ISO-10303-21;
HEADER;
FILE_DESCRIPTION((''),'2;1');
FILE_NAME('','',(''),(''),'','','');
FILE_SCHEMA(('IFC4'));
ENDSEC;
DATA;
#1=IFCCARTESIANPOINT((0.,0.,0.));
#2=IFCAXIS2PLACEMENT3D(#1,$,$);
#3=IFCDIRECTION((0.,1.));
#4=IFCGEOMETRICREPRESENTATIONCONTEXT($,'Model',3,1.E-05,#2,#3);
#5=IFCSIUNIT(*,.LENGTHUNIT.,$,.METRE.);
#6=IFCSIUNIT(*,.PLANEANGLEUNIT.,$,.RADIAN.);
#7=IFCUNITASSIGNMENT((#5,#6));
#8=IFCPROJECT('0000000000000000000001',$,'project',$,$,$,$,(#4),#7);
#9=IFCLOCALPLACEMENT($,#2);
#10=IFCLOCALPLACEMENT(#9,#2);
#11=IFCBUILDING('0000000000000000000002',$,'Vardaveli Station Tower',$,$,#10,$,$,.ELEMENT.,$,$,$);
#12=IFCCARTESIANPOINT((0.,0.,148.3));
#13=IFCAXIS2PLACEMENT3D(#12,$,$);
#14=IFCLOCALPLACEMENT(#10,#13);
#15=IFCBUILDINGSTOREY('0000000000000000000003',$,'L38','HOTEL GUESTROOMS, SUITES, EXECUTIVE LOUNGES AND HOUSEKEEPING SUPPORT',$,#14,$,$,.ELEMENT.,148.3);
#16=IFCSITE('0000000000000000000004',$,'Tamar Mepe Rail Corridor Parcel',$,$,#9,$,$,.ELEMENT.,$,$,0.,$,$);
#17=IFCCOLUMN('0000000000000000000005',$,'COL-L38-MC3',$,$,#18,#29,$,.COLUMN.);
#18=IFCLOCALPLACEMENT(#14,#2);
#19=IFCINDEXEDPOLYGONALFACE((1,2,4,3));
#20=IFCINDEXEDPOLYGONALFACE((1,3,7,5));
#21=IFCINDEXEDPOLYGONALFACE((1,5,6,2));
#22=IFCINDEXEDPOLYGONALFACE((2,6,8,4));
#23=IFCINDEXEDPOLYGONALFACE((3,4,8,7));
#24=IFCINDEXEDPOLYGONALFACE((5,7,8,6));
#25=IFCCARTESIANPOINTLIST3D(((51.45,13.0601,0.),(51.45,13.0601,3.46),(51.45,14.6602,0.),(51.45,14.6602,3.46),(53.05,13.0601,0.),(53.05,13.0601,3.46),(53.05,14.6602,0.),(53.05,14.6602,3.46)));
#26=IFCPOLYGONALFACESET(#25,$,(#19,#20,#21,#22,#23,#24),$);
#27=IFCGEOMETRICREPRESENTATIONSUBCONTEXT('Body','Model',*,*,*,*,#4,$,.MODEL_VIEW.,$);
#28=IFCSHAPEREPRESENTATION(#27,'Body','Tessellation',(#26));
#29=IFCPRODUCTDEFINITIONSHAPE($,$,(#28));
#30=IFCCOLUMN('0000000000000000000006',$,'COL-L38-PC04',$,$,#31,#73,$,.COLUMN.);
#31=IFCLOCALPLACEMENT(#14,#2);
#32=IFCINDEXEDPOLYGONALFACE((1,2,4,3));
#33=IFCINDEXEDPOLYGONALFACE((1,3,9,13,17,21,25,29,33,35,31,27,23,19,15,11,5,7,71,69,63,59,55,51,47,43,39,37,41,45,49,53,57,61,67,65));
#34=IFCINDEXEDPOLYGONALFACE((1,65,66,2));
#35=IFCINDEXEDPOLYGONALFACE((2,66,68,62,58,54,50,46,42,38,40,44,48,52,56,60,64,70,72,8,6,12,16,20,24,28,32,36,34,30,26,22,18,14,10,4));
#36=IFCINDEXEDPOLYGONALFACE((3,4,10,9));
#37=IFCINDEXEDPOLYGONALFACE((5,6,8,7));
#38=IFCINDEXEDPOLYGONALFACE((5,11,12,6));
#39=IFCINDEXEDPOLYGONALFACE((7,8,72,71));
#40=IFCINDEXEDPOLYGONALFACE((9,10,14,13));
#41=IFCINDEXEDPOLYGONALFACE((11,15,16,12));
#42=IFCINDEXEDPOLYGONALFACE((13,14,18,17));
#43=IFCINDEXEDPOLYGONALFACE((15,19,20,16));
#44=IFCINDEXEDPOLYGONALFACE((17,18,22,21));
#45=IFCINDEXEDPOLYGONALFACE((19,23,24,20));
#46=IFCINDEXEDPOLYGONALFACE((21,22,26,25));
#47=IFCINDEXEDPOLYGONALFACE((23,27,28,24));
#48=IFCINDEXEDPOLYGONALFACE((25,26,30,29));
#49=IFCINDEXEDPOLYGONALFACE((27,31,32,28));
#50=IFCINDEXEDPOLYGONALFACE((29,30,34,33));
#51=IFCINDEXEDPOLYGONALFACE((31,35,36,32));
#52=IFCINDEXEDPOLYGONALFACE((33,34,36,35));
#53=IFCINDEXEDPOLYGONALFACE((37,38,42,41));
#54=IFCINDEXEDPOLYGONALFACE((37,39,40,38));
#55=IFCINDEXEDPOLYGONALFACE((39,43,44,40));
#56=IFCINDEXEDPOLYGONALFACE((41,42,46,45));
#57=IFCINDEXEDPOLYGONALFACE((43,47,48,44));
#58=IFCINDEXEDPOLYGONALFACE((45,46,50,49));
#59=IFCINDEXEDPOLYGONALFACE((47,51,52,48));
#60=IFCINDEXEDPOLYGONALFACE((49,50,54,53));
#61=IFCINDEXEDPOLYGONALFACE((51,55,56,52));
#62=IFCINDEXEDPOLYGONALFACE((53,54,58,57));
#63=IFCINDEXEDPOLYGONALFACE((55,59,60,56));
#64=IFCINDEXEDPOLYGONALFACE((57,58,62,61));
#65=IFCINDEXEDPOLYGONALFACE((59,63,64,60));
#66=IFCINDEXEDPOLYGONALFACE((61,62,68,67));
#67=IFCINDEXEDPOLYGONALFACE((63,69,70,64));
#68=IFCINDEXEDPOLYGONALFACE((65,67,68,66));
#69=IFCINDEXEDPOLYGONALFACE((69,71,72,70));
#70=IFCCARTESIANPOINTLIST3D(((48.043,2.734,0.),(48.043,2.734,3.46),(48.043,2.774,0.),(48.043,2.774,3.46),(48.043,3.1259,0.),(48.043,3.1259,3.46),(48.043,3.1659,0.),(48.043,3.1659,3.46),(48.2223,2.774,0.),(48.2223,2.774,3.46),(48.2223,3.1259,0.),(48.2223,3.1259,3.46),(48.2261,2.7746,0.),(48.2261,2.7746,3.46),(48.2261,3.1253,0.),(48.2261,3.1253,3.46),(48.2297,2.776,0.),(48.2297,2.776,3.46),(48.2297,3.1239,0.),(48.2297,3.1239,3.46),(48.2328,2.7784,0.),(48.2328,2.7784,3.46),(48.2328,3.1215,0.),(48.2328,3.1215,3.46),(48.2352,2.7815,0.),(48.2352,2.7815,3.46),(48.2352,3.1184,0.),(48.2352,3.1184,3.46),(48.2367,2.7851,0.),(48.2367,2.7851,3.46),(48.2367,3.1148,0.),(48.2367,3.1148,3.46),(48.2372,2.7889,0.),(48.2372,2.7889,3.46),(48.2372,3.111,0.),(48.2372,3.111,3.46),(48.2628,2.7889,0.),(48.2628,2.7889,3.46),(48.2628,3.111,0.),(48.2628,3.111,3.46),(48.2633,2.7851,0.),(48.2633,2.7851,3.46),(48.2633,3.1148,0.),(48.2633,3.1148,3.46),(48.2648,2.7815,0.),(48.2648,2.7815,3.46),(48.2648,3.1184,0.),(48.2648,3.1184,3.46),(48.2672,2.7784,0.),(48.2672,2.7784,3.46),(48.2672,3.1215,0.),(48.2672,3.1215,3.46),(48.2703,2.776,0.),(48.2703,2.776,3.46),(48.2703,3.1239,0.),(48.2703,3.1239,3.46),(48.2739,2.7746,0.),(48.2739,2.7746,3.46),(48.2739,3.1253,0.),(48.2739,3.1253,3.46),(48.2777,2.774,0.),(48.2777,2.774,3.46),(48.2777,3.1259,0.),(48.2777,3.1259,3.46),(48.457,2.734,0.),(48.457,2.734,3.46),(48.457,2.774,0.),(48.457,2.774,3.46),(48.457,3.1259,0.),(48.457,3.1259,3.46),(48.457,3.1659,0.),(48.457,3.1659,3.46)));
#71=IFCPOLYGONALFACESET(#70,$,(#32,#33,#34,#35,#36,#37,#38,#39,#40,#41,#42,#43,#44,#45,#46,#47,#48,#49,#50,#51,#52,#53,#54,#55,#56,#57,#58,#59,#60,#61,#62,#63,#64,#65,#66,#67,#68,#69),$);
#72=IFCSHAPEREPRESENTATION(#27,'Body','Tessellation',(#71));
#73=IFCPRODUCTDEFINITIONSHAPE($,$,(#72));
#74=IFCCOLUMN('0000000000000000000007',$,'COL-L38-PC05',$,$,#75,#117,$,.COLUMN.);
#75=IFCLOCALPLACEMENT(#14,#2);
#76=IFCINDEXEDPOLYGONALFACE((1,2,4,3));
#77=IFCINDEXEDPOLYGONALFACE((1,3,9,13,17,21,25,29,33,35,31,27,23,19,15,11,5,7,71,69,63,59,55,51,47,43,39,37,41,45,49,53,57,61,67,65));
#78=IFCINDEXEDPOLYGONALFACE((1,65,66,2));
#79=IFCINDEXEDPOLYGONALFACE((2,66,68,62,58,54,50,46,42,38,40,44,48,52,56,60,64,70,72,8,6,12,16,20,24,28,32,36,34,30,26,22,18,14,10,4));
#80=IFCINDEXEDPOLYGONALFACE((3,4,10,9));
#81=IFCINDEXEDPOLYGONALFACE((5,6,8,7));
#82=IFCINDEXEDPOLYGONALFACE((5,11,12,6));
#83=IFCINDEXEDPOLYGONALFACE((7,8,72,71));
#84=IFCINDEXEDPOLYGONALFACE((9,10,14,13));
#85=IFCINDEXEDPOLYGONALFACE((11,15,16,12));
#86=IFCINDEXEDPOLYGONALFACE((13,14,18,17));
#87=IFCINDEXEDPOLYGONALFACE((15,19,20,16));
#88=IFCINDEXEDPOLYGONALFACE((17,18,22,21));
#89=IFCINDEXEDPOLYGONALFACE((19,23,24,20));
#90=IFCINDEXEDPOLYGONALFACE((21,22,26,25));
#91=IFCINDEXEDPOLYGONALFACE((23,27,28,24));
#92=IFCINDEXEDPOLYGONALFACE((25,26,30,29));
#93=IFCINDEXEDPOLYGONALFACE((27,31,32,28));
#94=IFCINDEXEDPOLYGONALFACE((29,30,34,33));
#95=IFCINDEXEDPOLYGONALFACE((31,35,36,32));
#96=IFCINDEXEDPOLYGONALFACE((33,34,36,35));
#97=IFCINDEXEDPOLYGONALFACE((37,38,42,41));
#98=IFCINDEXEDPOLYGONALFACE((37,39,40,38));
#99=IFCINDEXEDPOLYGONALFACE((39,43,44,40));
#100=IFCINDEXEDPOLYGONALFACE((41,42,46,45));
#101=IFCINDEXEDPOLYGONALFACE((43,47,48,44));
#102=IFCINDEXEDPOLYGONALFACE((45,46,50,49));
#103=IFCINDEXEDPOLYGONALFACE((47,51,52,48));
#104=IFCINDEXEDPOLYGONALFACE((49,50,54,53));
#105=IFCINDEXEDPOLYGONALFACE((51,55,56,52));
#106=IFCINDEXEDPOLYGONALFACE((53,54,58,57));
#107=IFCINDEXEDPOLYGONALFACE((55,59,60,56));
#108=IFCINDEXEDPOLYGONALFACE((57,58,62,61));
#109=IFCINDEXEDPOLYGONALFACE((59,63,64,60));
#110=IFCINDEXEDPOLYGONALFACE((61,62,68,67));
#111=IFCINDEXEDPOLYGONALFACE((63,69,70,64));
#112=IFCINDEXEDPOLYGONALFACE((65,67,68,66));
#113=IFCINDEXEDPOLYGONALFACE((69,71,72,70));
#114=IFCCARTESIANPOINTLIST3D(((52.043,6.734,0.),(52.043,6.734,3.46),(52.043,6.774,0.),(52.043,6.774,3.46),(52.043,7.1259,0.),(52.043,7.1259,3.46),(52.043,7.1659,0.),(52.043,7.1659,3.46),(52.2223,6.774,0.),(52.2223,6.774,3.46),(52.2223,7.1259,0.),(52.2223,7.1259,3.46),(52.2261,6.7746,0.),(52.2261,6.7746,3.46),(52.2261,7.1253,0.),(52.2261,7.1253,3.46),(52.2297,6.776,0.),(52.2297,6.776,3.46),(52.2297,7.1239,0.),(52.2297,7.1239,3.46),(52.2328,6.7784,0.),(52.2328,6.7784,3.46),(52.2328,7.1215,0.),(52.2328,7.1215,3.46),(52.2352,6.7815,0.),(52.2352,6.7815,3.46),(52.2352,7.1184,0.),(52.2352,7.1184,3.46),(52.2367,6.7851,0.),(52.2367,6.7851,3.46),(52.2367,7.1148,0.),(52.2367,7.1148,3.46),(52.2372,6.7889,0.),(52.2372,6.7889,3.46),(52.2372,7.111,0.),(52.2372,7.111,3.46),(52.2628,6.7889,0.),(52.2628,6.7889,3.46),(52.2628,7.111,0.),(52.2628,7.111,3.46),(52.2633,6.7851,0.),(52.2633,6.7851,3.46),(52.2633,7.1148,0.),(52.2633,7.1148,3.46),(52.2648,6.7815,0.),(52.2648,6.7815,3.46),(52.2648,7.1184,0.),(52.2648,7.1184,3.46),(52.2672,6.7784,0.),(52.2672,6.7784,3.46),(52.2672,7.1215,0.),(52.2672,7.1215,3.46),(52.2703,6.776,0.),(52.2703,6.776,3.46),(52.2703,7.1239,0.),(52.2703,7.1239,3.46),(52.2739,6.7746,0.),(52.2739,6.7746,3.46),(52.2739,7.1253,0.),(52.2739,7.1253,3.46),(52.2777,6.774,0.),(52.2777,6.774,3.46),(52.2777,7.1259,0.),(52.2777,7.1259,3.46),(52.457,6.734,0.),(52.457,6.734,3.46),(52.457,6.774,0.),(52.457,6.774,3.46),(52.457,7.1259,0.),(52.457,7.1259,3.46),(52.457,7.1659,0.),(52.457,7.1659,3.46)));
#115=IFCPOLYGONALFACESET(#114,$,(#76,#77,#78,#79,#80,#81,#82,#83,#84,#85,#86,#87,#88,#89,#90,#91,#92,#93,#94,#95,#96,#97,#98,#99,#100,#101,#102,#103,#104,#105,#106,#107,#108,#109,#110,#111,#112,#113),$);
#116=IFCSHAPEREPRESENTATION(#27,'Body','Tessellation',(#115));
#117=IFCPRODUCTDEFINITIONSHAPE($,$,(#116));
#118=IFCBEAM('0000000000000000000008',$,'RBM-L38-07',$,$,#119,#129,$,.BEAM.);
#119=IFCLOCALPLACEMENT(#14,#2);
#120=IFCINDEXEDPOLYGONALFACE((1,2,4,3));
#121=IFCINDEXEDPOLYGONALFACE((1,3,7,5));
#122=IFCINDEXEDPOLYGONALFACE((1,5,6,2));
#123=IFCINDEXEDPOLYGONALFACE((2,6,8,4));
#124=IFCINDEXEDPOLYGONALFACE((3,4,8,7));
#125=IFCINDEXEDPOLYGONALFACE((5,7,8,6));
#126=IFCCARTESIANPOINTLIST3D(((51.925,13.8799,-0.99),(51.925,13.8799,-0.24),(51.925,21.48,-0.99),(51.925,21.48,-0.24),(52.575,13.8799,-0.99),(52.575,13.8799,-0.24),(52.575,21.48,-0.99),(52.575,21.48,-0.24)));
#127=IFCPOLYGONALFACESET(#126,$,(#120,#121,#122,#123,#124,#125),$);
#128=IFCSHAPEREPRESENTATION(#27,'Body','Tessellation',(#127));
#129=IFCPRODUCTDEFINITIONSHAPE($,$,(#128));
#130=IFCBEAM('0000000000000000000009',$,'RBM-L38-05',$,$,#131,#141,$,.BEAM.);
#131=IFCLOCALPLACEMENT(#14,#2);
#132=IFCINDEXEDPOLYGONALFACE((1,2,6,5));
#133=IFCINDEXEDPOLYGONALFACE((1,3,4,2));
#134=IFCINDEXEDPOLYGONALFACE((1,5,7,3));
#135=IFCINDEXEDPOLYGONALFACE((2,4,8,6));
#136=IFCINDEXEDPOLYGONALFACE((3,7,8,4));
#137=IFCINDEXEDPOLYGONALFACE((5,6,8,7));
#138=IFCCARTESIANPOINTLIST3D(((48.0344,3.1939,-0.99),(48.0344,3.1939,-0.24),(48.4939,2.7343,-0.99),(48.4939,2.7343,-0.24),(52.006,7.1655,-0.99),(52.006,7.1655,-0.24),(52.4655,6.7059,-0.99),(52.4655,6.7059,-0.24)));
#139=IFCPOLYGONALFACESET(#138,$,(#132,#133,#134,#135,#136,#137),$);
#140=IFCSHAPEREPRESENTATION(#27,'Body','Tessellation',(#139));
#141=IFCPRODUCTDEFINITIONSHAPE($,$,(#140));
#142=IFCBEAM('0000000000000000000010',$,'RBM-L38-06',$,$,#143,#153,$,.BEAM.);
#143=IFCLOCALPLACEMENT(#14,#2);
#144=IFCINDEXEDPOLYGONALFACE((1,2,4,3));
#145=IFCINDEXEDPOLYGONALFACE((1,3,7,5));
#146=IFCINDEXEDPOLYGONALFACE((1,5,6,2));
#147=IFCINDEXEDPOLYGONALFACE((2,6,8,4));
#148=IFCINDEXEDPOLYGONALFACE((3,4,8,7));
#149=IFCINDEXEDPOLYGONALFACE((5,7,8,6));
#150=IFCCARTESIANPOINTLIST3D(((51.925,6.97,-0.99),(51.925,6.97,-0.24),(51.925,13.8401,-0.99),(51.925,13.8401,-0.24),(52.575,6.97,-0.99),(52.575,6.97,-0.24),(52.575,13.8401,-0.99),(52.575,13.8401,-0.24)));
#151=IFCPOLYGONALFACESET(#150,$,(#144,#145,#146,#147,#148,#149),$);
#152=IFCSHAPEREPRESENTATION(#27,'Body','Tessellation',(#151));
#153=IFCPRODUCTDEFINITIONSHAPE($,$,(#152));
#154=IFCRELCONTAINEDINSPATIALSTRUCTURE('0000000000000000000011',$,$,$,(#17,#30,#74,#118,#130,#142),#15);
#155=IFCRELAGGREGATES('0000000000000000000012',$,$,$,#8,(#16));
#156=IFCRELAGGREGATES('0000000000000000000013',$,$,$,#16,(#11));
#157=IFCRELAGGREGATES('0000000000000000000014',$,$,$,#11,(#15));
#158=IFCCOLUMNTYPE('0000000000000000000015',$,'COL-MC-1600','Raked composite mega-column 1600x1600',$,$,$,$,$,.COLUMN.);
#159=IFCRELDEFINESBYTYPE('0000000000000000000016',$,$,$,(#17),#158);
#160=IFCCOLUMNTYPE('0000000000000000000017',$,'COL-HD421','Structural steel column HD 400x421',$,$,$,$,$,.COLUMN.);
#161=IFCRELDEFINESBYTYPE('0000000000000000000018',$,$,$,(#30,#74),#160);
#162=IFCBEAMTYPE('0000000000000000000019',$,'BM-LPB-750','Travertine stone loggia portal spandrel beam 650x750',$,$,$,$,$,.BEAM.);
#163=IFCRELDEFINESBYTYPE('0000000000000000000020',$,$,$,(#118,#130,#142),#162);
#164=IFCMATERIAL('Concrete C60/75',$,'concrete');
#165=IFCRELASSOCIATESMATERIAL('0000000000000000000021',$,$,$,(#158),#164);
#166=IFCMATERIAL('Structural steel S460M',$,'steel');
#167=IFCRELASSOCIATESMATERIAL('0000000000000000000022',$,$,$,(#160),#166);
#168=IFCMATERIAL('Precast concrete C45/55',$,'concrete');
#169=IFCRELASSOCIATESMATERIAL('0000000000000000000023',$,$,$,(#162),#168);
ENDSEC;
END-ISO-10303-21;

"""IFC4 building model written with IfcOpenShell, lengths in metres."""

from ifc_helpers import new_model, si_unit, direction, frame, origin, origin_2d, place, context, subcontext, project, spatial, rectangle, i_section, extrude, source, transform, mapped, material, material_profile, profile_set, type_object, element, save


model = new_model("IFC4")

# Units and contexts
model_context = context("Model", 3, precision=1e-05, world=origin(), true_north=direction((0.0, 1.0)))
body_context = subcontext(model_context, "Body", "Model", "MODEL_VIEW")
ifc_project = project(units=[si_unit("LENGTHUNIT", "METRE"), si_unit("PLANEANGLEUNIT", "RADIAN")], contexts=[model_context])

# Site, building, storey
site_placement = place(None, origin())
site = spatial("IfcSite", under=ifc_project, at=site_placement, Name="Tamar Mepe Rail Corridor Parcel", CompositionType="ELEMENT", RefElevation=0.0)
building_placement = place(site_placement, origin())
building = spatial("IfcBuilding", under=site, at=building_placement, Name="Vardaveli Station Tower", CompositionType="ELEMENT")
storey_placement = place(building_placement, frame((0.0, 0.0, 148.3)))
storey = spatial("IfcBuildingStorey", under=building, at=storey_placement, Name="L38", Description="HOTEL GUESTROOMS, SUITES, EXECUTIVE LOUNGES AND HOUSEKEEPING SUPPORT", CompositionType="ELEMENT", Elevation=148.3)

# Columns
ifc_material_1 = material(Name="Concrete C60/75", Category="concrete")
ifc_material_profile_1 = material_profile(ifc_material_1, rectangle(XDim=1.6001, YDim=1.6001, at=origin_2d()), Name="MC 1600x1600")
ifc_profile_set_1 = profile_set([ifc_material_profile_1], Name="Concrete C60/75")
column_type_1 = type_object("IfcColumnType", Name="COL-MC-1600", Description="Raked composite mega-column 1600x1600", PredefinedType="COLUMN", material=ifc_profile_set_1)
shared_shape_1 = source(origin(), body_context, "Body", "SweptSolid", [
    extrude(rectangle(XDim=1.6001, YDim=1.6001, at=origin_2d()), origin(), (0.0, 0.0, 1.0), 3.46),
])
column_placement = place(storey_placement, frame((52.25, 13.8601, 0.0), z_axis=(0.0, 0.0, 1.0), x_axis=(1.0, 0.0, 0.0)))
element("IfcColumn", 1, at=column_placement, inside=storey, type_object=column_type_1, Name="COL-L38-MC3", PredefinedType="COLUMN", context=body_context, shape_type="MappedRepresentation", body=[
    mapped(shared_shape_1, transform((0.0, 0.0, 0.0), scale=1.0)),
])
ifc_material_2 = material(Name="Structural steel S460M", Category="steel")
ifc_material_profile_2 = material_profile(ifc_material_2, i_section(OverallWidth=0.4141, OverallDepth=0.4319, WebThickness=0.0256, FlangeThickness=0.04, FilletRadius=0.0149, at=origin_2d()), Name="HD 400x421")
ifc_profile_set_2 = profile_set([ifc_material_profile_2], Name="Structural steel S460M")
column_type_2 = type_object("IfcColumnType", Name="COL-HD421", Description="Structural steel column HD 400x421", PredefinedType="COLUMN", material=ifc_profile_set_2)
shared_shape_2 = source(origin(), body_context, "Body", "SweptSolid", [
    extrude(i_section(OverallWidth=0.4141, OverallDepth=0.4319, WebThickness=0.0256, FlangeThickness=0.04, FilletRadius=0.0149, at=origin_2d()), origin(), (0.0, 0.0, 1.0), 3.46),
])
for number, where, z_axis, x_axis, name in (
    (2, (48.25, 2.95, 0.0), (0.0, 0.0, 1.0), (1.0, 0.0, 0.0), "COL-L38-PC04"),
    (3, (52.25, 6.95, 0.0), (0.0, 0.0, 1.0), (1.0, 0.0, 0.0), "COL-L38-PC05"),
):
    element("IfcColumn", number, at=place(storey_placement, frame(where, z_axis=z_axis, x_axis=x_axis)), inside=storey, type_object=column_type_2, Name=name, PredefinedType="COLUMN", context=body_context, shape_type="MappedRepresentation", body=[
        mapped(shared_shape_2, transform((0.0, 0.0, 0.0), scale=1.0)),
    ])

# Beams
ifc_material_3 = material(Name="Precast concrete C45/55", Category="concrete")
ifc_material_profile_3 = material_profile(ifc_material_3, rectangle(XDim=0.6499, YDim=0.75, at=origin_2d()), Name="LPB 650x750")
ifc_profile_set_3 = profile_set([ifc_material_profile_3], Name="Precast concrete C45/55")
beam_type_1 = type_object("IfcBeamType", Name="BM-LPB-750", Description="Travertine stone loggia portal spandrel beam 650x750", PredefinedType="BEAM", material=ifc_profile_set_3)
shared_shape_3 = source(origin(), body_context, "Body", "SweptSolid", [
    extrude(rectangle(XDim=0.6499, YDim=0.75, at=origin_2d()), origin(), (0.0, 0.0, 1.0), 7.6001),
])
beam_1_placement = place(storey_placement, frame((52.25, 13.8799, -0.615), z_axis=(0.0, 1.0, 0.0), x_axis=(-1.0, 0.0, 0.0)))
element("IfcBeam", 4, at=beam_1_placement, inside=storey, type_object=beam_type_1, Name="RBM-L38-07", PredefinedType="BEAM", context=body_context, shape_type="MappedRepresentation", body=[
    mapped(shared_shape_3, transform((0.0, 0.0, 0.0), scale=1.0)),
])
shared_shape_4 = source(origin(), body_context, "Body", "SweptSolid", [
    extrude(rectangle(XDim=0.6499, YDim=0.75, at=origin_2d()), origin(), (0.0, 0.0, 1.0), 5.6167),
])
beam_2_placement = place(storey_placement, frame((48.2642, 2.9641, -0.615), z_axis=(0.707107, 0.707107, 0.0), x_axis=(-0.707107, 0.707107, 0.0)))
element("IfcBeam", 5, at=beam_2_placement, inside=storey, type_object=beam_type_1, Name="RBM-L38-05", PredefinedType="BEAM", context=body_context, shape_type="MappedRepresentation", body=[
    mapped(shared_shape_4, transform((0.0, 0.0, 0.0), scale=1.0)),
])
shared_shape_5 = source(origin(), body_context, "Body", "SweptSolid", [
    extrude(rectangle(XDim=0.6499, YDim=0.75, at=origin_2d()), origin(), (0.0, 0.0, 1.0), 6.8701),
])
beam_3_placement = place(storey_placement, frame((52.25, 6.97, -0.615), z_axis=(0.0, 1.0, 0.0), x_axis=(-1.0, 0.0, 0.0)))
element("IfcBeam", 6, at=beam_3_placement, inside=storey, type_object=beam_type_1, Name="RBM-L38-06", PredefinedType="BEAM", context=body_context, shape_type="MappedRepresentation", body=[
    mapped(shared_shape_5, transform((0.0, 0.0, 0.0), scale=1.0)),
])

save(model, "model.ifc")
